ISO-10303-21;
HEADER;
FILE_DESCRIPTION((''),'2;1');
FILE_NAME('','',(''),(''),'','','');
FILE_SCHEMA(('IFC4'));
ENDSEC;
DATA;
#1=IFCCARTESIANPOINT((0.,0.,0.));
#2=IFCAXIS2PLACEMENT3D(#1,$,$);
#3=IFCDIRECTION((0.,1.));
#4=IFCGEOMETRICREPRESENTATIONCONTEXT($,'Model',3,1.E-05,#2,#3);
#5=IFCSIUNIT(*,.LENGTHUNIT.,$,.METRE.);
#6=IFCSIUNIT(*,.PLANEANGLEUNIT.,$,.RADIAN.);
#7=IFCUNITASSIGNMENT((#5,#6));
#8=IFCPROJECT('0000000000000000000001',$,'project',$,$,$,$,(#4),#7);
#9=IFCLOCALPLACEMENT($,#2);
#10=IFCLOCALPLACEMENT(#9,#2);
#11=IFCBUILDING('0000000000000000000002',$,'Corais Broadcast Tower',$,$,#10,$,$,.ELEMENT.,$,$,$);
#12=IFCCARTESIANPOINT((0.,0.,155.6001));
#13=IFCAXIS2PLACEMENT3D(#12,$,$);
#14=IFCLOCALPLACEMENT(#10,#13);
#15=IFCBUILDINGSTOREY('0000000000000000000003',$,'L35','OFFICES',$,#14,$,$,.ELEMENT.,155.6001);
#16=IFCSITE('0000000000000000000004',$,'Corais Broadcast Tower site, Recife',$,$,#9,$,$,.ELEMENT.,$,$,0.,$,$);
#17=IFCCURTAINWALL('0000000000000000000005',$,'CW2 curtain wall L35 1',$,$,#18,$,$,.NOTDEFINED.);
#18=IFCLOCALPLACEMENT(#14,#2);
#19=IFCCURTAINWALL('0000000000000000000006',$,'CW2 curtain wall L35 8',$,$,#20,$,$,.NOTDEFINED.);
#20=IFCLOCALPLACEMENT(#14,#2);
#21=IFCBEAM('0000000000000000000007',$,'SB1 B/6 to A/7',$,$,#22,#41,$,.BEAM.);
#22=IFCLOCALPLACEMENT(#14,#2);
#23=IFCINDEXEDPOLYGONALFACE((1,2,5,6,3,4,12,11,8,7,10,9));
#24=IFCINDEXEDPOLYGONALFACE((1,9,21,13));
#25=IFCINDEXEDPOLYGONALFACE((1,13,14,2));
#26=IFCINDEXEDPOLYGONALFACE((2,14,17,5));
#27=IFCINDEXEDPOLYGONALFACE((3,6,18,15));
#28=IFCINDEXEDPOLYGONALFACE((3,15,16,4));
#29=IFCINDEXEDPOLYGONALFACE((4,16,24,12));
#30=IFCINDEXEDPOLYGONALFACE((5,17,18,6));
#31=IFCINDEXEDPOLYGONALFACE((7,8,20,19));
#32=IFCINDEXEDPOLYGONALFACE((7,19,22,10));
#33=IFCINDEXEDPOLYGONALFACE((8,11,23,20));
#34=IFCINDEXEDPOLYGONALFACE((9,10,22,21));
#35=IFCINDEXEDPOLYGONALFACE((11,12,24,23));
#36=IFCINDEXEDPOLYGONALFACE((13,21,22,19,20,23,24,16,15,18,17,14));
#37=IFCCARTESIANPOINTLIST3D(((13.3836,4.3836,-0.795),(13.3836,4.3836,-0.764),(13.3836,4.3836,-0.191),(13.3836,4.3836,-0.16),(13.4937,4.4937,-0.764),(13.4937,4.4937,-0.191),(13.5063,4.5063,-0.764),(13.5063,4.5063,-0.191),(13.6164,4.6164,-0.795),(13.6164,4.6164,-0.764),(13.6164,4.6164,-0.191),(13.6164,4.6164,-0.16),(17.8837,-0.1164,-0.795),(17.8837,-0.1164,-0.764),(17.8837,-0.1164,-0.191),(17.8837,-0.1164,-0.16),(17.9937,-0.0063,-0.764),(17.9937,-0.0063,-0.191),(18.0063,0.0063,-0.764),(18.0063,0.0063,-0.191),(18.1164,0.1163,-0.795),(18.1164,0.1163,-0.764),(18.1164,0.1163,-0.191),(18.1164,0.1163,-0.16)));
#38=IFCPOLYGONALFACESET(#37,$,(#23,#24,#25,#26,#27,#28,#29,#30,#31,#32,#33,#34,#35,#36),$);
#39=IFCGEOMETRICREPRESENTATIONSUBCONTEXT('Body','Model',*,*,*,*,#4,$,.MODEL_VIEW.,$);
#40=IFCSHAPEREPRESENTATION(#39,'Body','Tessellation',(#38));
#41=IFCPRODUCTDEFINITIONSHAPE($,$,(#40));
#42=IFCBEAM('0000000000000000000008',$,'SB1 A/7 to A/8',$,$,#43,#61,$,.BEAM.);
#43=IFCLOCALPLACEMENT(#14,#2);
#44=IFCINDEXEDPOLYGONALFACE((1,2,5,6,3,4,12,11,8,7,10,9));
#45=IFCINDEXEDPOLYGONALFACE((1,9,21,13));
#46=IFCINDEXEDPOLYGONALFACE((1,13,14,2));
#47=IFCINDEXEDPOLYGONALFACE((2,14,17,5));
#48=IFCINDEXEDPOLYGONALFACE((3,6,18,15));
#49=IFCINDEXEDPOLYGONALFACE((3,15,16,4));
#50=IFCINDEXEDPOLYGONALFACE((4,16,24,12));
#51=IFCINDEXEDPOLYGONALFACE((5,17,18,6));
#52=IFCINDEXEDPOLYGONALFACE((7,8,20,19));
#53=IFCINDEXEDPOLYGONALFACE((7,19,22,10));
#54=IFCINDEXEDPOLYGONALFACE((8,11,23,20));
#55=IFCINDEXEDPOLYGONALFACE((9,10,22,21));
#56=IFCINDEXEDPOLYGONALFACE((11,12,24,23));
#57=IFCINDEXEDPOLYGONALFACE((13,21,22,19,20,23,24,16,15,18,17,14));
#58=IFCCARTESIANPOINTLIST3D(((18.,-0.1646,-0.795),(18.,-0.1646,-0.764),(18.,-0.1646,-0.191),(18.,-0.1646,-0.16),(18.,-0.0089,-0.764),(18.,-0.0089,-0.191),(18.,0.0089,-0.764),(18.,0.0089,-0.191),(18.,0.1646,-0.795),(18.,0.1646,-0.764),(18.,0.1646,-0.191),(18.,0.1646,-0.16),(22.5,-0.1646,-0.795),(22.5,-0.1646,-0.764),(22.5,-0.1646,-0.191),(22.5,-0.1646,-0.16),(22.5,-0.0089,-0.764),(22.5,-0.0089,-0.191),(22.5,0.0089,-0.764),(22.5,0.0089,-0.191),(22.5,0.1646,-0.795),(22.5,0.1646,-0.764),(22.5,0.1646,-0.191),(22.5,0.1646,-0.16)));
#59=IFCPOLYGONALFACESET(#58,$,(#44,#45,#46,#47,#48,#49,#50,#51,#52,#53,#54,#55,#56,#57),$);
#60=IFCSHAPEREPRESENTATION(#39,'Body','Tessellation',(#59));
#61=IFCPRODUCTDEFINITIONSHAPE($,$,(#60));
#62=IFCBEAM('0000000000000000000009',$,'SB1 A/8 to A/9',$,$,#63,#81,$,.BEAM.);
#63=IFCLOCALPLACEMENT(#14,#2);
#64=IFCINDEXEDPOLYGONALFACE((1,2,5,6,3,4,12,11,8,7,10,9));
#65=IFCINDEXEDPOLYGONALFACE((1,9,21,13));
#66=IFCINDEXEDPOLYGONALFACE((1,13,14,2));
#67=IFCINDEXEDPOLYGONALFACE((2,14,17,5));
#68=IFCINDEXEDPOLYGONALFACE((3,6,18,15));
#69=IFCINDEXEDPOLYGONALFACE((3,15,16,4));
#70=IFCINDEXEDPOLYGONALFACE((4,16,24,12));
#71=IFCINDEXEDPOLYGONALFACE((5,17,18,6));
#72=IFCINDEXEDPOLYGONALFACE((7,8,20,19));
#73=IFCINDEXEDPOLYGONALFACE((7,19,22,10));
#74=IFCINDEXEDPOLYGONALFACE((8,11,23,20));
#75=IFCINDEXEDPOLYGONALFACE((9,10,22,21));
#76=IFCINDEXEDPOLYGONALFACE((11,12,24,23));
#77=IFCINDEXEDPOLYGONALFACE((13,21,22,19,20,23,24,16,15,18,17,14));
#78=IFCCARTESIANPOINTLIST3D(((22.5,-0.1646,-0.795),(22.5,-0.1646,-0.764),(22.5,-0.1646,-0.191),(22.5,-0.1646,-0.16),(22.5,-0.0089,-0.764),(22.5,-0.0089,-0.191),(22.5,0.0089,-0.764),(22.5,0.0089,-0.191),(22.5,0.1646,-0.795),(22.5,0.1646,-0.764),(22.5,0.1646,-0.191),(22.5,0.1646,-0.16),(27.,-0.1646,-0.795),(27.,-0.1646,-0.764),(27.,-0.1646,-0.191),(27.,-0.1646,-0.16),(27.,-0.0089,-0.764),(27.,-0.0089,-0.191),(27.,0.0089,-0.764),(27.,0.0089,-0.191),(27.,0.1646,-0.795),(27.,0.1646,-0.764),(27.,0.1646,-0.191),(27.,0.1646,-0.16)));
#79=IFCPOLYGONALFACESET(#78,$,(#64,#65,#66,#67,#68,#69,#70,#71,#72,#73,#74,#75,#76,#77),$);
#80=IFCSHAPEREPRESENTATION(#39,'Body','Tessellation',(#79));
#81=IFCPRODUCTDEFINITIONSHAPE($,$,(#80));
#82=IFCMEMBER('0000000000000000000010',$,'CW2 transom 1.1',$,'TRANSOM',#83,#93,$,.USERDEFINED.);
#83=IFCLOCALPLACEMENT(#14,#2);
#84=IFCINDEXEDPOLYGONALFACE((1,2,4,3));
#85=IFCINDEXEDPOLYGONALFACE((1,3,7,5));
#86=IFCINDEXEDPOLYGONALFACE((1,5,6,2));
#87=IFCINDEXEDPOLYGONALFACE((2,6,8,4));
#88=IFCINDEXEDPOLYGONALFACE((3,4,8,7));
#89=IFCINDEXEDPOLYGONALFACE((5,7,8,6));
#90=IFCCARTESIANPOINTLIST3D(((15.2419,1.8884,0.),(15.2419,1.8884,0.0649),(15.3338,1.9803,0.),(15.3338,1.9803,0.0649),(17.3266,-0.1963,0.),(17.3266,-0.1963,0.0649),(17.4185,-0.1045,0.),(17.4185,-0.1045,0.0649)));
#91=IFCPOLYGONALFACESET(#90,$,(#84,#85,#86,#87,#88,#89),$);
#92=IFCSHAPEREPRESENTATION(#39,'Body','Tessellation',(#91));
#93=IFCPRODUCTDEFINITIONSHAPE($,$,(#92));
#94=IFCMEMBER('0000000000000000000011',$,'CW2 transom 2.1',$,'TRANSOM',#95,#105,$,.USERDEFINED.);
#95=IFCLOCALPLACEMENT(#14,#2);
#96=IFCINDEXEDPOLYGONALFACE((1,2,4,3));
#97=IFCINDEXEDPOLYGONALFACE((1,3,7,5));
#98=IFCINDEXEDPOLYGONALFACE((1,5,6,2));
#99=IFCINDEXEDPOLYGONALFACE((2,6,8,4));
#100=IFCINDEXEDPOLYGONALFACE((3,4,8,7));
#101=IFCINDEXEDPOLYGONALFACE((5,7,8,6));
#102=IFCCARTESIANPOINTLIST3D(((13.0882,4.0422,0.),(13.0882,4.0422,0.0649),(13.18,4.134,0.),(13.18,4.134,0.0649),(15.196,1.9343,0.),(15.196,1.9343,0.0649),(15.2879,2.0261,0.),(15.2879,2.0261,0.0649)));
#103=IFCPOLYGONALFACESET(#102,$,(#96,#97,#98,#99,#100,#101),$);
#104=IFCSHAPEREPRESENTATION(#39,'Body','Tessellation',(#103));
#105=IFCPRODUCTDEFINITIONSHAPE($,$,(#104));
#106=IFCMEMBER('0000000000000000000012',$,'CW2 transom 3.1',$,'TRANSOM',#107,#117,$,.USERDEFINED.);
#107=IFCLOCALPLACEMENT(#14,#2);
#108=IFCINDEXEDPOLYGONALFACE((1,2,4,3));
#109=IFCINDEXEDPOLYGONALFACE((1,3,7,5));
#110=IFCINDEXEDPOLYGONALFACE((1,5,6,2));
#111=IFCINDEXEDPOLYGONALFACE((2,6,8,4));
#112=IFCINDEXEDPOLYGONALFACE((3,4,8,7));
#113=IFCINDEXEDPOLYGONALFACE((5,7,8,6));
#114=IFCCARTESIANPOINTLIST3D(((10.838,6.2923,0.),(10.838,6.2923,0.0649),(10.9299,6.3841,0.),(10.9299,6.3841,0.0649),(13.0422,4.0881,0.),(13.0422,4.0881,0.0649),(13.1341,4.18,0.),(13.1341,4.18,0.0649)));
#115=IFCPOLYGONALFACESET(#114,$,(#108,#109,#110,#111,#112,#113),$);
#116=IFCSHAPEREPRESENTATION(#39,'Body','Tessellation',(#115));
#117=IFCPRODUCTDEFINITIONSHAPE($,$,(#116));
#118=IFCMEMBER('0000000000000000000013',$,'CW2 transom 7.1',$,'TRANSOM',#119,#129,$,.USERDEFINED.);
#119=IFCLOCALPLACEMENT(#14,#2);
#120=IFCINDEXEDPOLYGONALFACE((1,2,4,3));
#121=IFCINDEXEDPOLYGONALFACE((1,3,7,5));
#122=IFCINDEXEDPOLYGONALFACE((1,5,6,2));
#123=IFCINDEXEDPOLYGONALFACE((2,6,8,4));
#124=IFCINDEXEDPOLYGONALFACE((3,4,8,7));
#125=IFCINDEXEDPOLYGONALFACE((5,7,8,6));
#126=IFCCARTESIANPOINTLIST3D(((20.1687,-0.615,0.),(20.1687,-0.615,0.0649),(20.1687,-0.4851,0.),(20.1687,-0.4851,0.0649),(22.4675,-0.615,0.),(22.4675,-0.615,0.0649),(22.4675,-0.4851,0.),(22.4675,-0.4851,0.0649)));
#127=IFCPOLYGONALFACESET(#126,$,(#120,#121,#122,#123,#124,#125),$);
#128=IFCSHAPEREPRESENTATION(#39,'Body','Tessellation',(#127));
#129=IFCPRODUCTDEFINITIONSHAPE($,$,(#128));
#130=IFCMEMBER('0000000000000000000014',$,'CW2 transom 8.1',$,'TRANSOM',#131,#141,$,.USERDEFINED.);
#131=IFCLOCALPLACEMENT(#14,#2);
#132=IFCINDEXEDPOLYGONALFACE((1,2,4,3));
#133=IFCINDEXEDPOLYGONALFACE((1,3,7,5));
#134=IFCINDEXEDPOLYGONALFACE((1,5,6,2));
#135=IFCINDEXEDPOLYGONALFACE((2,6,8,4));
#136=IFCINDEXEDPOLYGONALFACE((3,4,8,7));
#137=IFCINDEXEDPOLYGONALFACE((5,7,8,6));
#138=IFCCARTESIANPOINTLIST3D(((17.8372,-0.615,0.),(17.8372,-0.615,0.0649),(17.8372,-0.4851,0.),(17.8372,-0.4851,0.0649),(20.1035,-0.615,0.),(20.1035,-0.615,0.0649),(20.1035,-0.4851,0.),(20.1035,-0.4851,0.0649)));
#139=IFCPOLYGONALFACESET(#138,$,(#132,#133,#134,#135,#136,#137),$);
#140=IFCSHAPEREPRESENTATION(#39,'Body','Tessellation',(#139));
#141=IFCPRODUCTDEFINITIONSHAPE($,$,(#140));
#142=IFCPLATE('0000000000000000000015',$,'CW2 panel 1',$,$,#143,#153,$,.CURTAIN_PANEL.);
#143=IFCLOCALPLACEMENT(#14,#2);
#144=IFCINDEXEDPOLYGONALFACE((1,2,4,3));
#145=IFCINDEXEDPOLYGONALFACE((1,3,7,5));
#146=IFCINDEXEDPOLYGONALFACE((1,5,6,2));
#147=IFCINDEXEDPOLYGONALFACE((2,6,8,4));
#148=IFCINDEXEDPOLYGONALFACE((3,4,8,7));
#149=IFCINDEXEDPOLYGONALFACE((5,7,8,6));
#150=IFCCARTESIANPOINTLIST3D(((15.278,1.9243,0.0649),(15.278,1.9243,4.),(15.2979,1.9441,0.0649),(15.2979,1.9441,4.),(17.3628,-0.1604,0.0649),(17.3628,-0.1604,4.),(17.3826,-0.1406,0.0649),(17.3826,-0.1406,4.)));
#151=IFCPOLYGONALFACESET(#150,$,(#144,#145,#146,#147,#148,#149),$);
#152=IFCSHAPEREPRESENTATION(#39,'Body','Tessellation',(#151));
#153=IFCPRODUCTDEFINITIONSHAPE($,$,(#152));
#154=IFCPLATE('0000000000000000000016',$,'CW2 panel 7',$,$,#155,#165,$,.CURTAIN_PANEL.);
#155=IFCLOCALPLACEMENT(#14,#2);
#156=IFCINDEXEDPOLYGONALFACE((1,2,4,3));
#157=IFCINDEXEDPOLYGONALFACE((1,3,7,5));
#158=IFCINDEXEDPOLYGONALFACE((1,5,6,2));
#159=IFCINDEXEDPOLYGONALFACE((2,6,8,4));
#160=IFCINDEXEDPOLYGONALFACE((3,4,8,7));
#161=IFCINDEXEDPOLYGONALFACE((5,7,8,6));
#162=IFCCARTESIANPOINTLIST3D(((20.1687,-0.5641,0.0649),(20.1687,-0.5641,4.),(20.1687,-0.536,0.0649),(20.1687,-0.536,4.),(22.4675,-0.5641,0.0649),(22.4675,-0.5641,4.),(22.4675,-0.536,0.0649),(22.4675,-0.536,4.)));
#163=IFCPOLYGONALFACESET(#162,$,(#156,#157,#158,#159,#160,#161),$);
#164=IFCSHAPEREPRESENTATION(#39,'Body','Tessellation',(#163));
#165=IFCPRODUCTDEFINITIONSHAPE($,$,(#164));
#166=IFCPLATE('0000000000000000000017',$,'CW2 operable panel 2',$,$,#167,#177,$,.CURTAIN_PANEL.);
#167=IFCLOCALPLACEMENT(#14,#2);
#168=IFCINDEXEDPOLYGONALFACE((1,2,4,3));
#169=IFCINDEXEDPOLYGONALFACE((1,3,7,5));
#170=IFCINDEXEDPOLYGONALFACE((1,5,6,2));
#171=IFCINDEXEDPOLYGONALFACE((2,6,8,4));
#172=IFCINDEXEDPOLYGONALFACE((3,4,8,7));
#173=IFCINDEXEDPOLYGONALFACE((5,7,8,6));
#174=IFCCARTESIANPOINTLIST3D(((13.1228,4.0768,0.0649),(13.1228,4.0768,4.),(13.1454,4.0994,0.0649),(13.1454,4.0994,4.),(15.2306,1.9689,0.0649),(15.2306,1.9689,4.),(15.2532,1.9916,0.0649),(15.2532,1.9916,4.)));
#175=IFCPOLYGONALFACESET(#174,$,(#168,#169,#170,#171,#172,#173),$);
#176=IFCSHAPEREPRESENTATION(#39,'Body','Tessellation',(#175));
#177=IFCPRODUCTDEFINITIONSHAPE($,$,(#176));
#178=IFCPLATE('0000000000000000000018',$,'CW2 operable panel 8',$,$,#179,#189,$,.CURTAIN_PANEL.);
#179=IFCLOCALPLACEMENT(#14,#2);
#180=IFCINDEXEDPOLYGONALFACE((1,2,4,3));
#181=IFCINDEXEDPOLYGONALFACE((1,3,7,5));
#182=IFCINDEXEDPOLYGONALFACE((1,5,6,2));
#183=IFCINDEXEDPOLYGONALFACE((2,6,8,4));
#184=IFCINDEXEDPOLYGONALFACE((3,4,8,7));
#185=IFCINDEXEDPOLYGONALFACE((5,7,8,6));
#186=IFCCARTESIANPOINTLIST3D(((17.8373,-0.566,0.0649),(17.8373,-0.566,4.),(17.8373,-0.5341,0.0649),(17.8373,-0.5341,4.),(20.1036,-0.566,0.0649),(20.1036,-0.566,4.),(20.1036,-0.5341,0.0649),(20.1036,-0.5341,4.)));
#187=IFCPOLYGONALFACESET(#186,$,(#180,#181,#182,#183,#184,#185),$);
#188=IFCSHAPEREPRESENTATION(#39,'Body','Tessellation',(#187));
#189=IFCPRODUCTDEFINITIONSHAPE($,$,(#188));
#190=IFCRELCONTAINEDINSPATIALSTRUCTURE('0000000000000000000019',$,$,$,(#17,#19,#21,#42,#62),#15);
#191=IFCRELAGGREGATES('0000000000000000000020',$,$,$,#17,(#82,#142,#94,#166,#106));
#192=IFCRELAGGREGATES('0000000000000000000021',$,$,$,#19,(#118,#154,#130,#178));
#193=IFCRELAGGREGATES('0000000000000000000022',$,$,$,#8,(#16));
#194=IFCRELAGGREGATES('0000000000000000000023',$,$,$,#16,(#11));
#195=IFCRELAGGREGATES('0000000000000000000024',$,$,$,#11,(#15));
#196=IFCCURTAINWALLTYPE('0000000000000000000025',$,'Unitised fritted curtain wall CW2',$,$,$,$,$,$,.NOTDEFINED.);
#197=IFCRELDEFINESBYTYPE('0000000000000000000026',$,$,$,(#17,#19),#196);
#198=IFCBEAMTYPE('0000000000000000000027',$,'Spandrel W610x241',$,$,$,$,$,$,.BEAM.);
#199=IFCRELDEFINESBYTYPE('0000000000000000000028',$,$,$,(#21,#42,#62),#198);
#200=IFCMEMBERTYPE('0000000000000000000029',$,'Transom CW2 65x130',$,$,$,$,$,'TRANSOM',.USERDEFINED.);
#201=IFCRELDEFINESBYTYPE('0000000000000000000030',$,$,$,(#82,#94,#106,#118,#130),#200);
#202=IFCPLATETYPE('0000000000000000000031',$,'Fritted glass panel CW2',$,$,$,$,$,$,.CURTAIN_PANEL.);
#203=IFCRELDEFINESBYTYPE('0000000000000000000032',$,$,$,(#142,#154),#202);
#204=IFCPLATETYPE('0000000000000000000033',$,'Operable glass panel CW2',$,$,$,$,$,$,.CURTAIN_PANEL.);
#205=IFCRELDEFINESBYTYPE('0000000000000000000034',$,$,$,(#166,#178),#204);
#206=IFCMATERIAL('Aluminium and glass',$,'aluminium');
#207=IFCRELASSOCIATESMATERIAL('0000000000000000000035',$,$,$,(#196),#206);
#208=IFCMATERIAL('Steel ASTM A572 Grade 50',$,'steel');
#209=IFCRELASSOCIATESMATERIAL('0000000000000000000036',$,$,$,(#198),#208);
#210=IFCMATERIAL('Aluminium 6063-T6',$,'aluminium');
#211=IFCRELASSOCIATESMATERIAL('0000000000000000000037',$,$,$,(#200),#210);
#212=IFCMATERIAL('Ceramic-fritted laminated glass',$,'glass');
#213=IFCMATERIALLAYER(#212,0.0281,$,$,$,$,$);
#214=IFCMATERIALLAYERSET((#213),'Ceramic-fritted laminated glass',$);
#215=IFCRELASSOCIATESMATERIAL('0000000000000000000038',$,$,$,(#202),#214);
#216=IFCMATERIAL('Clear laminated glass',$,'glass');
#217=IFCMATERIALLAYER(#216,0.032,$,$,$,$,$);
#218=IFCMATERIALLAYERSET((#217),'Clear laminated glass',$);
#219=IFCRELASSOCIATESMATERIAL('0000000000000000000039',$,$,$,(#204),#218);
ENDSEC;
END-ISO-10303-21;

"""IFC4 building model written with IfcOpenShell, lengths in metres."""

from ifc_helpers import new_model, si_unit, direction, frame, origin, origin_2d, place, context, subcontext, project, spatial, rectangle, i_section, extrude, material, layer, layer_set, material_profile, profile_set, type_object, element, aggregate, save


model = new_model("IFC4")

# Units and contexts
model_context = context("Model", 3, precision=1e-05, world=origin(), true_north=direction((0.0, 1.0)))
body_context = subcontext(model_context, "Body", "Model", "MODEL_VIEW")
ifc_project = project(units=[si_unit("LENGTHUNIT", "METRE"), si_unit("PLANEANGLEUNIT", "RADIAN")], contexts=[model_context])

# Site, building, storey
site_placement = place(None, origin())
site = spatial("IfcSite", under=ifc_project, at=site_placement, Name="Corais Broadcast Tower site, Recife", CompositionType="ELEMENT", RefElevation=0.0)
building_placement = place(site_placement, origin())
building = spatial("IfcBuilding", under=site, at=building_placement, Name="Corais Broadcast Tower", CompositionType="ELEMENT")
storey_placement = place(building_placement, frame((0.0, 0.0, 155.6001)))
storey = spatial("IfcBuildingStorey", under=building, at=storey_placement, Name="L35", Description="OFFICES", CompositionType="ELEMENT", Elevation=155.6001)

# Curtain walls
ifc_material_1 = material(Name="Aluminium and glass", Category="aluminium")
curtain_wall_type = type_object("IfcCurtainWallType", Name="Unitised fritted curtain wall CW2", PredefinedType="NOTDEFINED", material=ifc_material_1)
curtain_wall_1_placement = place(storey_placement, origin())
curtain_wall_1 = element("IfcCurtainWall", 1, at=curtain_wall_1_placement, inside=storey, type_object=curtain_wall_type, Name="CW2 curtain wall L35 1", PredefinedType="NOTDEFINED")
curtain_wall_2_placement = place(storey_placement, origin())
curtain_wall_2 = element("IfcCurtainWall", 2, at=curtain_wall_2_placement, inside=storey, type_object=curtain_wall_type, Name="CW2 curtain wall L35 8", PredefinedType="NOTDEFINED")

# Beams
ifc_material_2 = material(Name="Steel ASTM A572 Grade 50", Category="steel")
ifc_material_profile_1 = material_profile(ifc_material_2, i_section(OverallWidth=0.3291, OverallDepth=0.635, WebThickness=0.0178, FlangeThickness=0.031, at=origin_2d()), Name="W610x241")
ifc_profile_set_1 = profile_set([ifc_material_profile_1], Name="Steel ASTM A572 Grade 50")
beam_type_1 = type_object("IfcBeamType", Name="Spandrel W610x241", PredefinedType="BEAM", material=ifc_profile_set_1)
beam_1_placement = place(storey_placement, frame((13.5, 4.5, -0.4775), z_axis=(0.707107, -0.707107, 0.0), x_axis=(0.707107, 0.707107, 0.0)))
element("IfcBeam", 3, at=beam_1_placement, inside=storey, type_object=beam_type_1, Name="SB1 B/6 to A/7", PredefinedType="BEAM", context=body_context, shape_type="SweptSolid", body=[
    extrude(i_section(OverallWidth=0.3291, OverallDepth=0.635, WebThickness=0.0178, FlangeThickness=0.031, at=origin_2d()), origin(), (0.0, 0.0, 1.0), 6.364),
])
for number, where, z_axis, x_axis, name in (
    (4, (18.0, 0.0, -0.4775), (1.0, 0.0, 0.0), (0.0, 1.0, 0.0), "SB1 A/7 to A/8"),
    (5, (22.5, 0.0, -0.4775), (1.0, 0.0, 0.0), (0.0, 1.0, 0.0), "SB1 A/8 to A/9"),
):
    element("IfcBeam", number, at=place(storey_placement, frame(where, z_axis=z_axis, x_axis=x_axis)), inside=storey, type_object=beam_type_1, Name=name, PredefinedType="BEAM", context=body_context, shape_type="SweptSolid", body=[
        extrude(i_section(OverallWidth=0.3291, OverallDepth=0.635, WebThickness=0.0178, FlangeThickness=0.031, at=origin_2d()), origin(), (0.0, 0.0, 1.0), 4.5),
    ])

# Members
ifc_material_3 = material(Name="Aluminium 6063-T6", Category="aluminium")
ifc_material_profile_2 = material_profile(ifc_material_3, rectangle(XDim=0.1299, YDim=0.0649, at=origin_2d()), Name="Transom CW2 65x130")
ifc_profile_set_2 = profile_set([ifc_material_profile_2], Name="Aluminium 6063-T6")
member_type_1 = type_object("IfcMemberType", Name="Transom CW2 65x130", ElementType="TRANSOM", PredefinedType="USERDEFINED", material=ifc_profile_set_2)
member_1_placement = place(storey_placement, frame((17.3726, -0.1504, 0.0325), z_axis=(-0.707107, 0.707107, 0.0), x_axis=(-0.707107, -0.707107, 0.0)))
member_1 = element("IfcMember", 6, at=member_1_placement, type_object=member_type_1, Name="CW2 transom 1.1", ObjectType="TRANSOM", PredefinedType="USERDEFINED", context=body_context, shape_type="SweptSolid", body=[
    extrude(rectangle(XDim=0.1299, YDim=0.0649, at=origin_2d()), origin(), (0.0, 0.0, 1.0), 2.9482),
])
member_2_placement = place(storey_placement, frame((15.2419, 1.9802, 0.0325), z_axis=(-0.707107, 0.707107, 0.0), x_axis=(-0.707107, -0.707107, 0.0)))
member_2 = element("IfcMember", 7, at=member_2_placement, type_object=member_type_1, Name="CW2 transom 2.1", ObjectType="TRANSOM", PredefinedType="USERDEFINED", context=body_context, shape_type="SweptSolid", body=[
    extrude(rectangle(XDim=0.1299, YDim=0.0649, at=origin_2d()), origin(), (0.0, 0.0, 1.0), 2.981),
])
member_3_placement = place(storey_placement, frame((13.0881, 4.134, 0.0325), z_axis=(-0.707107, 0.707107, 0.0), x_axis=(-0.707107, -0.707107, 0.0)))
member_3 = element("IfcMember", 8, at=member_3_placement, type_object=member_type_1, Name="CW2 transom 3.1", ObjectType="TRANSOM", PredefinedType="USERDEFINED", context=body_context, shape_type="SweptSolid", body=[
    extrude(rectangle(XDim=0.1299, YDim=0.0649, at=origin_2d()), origin(), (0.0, 0.0, 1.0), 3.1172),
])
member_4_placement = place(storey_placement, frame((22.4675, -0.55, 0.0325), z_axis=(-1.0, 0.0, 0.0), x_axis=(0.0, -1.0, 0.0)))
member_4 = element("IfcMember", 9, at=member_4_placement, type_object=member_type_1, Name="CW2 transom 7.1", ObjectType="TRANSOM", PredefinedType="USERDEFINED", context=body_context, shape_type="SweptSolid", body=[
    extrude(rectangle(XDim=0.1299, YDim=0.0649, at=origin_2d()), origin(), (0.0, 0.0, 1.0), 2.2988),
])
member_5_placement = place(storey_placement, frame((20.1035, -0.55, 0.0325), z_axis=(-1.0, 0.0, 0.0), x_axis=(0.0, -1.0, 0.0)))
member_5 = element("IfcMember", 10, at=member_5_placement, type_object=member_type_1, Name="CW2 transom 8.1", ObjectType="TRANSOM", PredefinedType="USERDEFINED", context=body_context, shape_type="SweptSolid", body=[
    extrude(rectangle(XDim=0.1299, YDim=0.0649, at=origin_2d()), origin(), (0.0, 0.0, 1.0), 2.2664),
])

# Plates
ifc_material_4 = material(Name="Ceramic-fritted laminated glass", Category="glass")
ifc_layer_1 = layer(ifc_material_4, 0.0281)
ifc_layer_set_1 = layer_set([ifc_layer_1], Name="Ceramic-fritted laminated glass")
plate_type_1 = type_object("IfcPlateType", Name="Fritted glass panel CW2", PredefinedType="CURTAIN_PANEL", material=ifc_layer_set_1)
plate_1_placement = place(storey_placement, frame((16.3303, 0.8918, 0.0649), z_axis=(0.0, 0.0, 1.0), x_axis=(-0.707107, 0.707107, 0.0)))
plate_1 = element("IfcPlate", 11, at=plate_1_placement, type_object=plate_type_1, Name="CW2 panel 1", PredefinedType="CURTAIN_PANEL", context=body_context, shape_type="SweptSolid", body=[
    extrude(rectangle(XDim=2.9482, YDim=0.0281, at=origin_2d()), origin(), (0.0, 0.0, 1.0), 3.9351),
])
plate_2_placement = place(storey_placement, frame((21.3181, -0.55, 0.0649), z_axis=(0.0, 0.0, 1.0), x_axis=(-1.0, 0.0, 0.0)))
plate_2 = element("IfcPlate", 12, at=plate_2_placement, type_object=plate_type_1, Name="CW2 panel 7", PredefinedType="CURTAIN_PANEL", context=body_context, shape_type="SweptSolid", body=[
    extrude(rectangle(XDim=2.2988, YDim=0.0281, at=origin_2d()), origin(), (0.0, 0.0, 1.0), 3.9351),
])
ifc_material_5 = material(Name="Clear laminated glass", Category="glass")
ifc_layer_2 = layer(ifc_material_5, 0.032)
ifc_layer_set_2 = layer_set([ifc_layer_2], Name="Clear laminated glass")
plate_type_2 = type_object("IfcPlateType", Name="Operable glass panel CW2", PredefinedType="CURTAIN_PANEL", material=ifc_layer_set_2)
plate_3_placement = place(storey_placement, frame((14.188, 3.0342, 0.0649), z_axis=(0.0, 0.0, 1.0), x_axis=(-0.707107, 0.707107, 0.0)))
plate_3 = element("IfcPlate", 13, at=plate_3_placement, type_object=plate_type_2, Name="CW2 operable panel 2", PredefinedType="CURTAIN_PANEL", context=body_context, shape_type="SweptSolid", body=[
    extrude(rectangle(XDim=2.981, YDim=0.032, at=origin_2d()), origin(), (0.0, 0.0, 1.0), 3.9351),
])
aggregate(curtain_wall_1, [member_1, plate_1, member_2, plate_3, member_3])
plate_4_placement = place(storey_placement, frame((18.9705, -0.55, 0.0649), z_axis=(0.0, 0.0, 1.0), x_axis=(-1.0, 0.0, 0.0)))
plate_4 = element("IfcPlate", 14, at=plate_4_placement, type_object=plate_type_2, Name="CW2 operable panel 8", PredefinedType="CURTAIN_PANEL", context=body_context, shape_type="SweptSolid", body=[
    extrude(rectangle(XDim=2.2664, YDim=0.032, at=origin_2d()), origin(), (0.0, 0.0, 1.0), 3.9351),
])
aggregate(curtain_wall_2, [member_4, plate_2, member_5, plate_4])

save(model, "model.ifc")
